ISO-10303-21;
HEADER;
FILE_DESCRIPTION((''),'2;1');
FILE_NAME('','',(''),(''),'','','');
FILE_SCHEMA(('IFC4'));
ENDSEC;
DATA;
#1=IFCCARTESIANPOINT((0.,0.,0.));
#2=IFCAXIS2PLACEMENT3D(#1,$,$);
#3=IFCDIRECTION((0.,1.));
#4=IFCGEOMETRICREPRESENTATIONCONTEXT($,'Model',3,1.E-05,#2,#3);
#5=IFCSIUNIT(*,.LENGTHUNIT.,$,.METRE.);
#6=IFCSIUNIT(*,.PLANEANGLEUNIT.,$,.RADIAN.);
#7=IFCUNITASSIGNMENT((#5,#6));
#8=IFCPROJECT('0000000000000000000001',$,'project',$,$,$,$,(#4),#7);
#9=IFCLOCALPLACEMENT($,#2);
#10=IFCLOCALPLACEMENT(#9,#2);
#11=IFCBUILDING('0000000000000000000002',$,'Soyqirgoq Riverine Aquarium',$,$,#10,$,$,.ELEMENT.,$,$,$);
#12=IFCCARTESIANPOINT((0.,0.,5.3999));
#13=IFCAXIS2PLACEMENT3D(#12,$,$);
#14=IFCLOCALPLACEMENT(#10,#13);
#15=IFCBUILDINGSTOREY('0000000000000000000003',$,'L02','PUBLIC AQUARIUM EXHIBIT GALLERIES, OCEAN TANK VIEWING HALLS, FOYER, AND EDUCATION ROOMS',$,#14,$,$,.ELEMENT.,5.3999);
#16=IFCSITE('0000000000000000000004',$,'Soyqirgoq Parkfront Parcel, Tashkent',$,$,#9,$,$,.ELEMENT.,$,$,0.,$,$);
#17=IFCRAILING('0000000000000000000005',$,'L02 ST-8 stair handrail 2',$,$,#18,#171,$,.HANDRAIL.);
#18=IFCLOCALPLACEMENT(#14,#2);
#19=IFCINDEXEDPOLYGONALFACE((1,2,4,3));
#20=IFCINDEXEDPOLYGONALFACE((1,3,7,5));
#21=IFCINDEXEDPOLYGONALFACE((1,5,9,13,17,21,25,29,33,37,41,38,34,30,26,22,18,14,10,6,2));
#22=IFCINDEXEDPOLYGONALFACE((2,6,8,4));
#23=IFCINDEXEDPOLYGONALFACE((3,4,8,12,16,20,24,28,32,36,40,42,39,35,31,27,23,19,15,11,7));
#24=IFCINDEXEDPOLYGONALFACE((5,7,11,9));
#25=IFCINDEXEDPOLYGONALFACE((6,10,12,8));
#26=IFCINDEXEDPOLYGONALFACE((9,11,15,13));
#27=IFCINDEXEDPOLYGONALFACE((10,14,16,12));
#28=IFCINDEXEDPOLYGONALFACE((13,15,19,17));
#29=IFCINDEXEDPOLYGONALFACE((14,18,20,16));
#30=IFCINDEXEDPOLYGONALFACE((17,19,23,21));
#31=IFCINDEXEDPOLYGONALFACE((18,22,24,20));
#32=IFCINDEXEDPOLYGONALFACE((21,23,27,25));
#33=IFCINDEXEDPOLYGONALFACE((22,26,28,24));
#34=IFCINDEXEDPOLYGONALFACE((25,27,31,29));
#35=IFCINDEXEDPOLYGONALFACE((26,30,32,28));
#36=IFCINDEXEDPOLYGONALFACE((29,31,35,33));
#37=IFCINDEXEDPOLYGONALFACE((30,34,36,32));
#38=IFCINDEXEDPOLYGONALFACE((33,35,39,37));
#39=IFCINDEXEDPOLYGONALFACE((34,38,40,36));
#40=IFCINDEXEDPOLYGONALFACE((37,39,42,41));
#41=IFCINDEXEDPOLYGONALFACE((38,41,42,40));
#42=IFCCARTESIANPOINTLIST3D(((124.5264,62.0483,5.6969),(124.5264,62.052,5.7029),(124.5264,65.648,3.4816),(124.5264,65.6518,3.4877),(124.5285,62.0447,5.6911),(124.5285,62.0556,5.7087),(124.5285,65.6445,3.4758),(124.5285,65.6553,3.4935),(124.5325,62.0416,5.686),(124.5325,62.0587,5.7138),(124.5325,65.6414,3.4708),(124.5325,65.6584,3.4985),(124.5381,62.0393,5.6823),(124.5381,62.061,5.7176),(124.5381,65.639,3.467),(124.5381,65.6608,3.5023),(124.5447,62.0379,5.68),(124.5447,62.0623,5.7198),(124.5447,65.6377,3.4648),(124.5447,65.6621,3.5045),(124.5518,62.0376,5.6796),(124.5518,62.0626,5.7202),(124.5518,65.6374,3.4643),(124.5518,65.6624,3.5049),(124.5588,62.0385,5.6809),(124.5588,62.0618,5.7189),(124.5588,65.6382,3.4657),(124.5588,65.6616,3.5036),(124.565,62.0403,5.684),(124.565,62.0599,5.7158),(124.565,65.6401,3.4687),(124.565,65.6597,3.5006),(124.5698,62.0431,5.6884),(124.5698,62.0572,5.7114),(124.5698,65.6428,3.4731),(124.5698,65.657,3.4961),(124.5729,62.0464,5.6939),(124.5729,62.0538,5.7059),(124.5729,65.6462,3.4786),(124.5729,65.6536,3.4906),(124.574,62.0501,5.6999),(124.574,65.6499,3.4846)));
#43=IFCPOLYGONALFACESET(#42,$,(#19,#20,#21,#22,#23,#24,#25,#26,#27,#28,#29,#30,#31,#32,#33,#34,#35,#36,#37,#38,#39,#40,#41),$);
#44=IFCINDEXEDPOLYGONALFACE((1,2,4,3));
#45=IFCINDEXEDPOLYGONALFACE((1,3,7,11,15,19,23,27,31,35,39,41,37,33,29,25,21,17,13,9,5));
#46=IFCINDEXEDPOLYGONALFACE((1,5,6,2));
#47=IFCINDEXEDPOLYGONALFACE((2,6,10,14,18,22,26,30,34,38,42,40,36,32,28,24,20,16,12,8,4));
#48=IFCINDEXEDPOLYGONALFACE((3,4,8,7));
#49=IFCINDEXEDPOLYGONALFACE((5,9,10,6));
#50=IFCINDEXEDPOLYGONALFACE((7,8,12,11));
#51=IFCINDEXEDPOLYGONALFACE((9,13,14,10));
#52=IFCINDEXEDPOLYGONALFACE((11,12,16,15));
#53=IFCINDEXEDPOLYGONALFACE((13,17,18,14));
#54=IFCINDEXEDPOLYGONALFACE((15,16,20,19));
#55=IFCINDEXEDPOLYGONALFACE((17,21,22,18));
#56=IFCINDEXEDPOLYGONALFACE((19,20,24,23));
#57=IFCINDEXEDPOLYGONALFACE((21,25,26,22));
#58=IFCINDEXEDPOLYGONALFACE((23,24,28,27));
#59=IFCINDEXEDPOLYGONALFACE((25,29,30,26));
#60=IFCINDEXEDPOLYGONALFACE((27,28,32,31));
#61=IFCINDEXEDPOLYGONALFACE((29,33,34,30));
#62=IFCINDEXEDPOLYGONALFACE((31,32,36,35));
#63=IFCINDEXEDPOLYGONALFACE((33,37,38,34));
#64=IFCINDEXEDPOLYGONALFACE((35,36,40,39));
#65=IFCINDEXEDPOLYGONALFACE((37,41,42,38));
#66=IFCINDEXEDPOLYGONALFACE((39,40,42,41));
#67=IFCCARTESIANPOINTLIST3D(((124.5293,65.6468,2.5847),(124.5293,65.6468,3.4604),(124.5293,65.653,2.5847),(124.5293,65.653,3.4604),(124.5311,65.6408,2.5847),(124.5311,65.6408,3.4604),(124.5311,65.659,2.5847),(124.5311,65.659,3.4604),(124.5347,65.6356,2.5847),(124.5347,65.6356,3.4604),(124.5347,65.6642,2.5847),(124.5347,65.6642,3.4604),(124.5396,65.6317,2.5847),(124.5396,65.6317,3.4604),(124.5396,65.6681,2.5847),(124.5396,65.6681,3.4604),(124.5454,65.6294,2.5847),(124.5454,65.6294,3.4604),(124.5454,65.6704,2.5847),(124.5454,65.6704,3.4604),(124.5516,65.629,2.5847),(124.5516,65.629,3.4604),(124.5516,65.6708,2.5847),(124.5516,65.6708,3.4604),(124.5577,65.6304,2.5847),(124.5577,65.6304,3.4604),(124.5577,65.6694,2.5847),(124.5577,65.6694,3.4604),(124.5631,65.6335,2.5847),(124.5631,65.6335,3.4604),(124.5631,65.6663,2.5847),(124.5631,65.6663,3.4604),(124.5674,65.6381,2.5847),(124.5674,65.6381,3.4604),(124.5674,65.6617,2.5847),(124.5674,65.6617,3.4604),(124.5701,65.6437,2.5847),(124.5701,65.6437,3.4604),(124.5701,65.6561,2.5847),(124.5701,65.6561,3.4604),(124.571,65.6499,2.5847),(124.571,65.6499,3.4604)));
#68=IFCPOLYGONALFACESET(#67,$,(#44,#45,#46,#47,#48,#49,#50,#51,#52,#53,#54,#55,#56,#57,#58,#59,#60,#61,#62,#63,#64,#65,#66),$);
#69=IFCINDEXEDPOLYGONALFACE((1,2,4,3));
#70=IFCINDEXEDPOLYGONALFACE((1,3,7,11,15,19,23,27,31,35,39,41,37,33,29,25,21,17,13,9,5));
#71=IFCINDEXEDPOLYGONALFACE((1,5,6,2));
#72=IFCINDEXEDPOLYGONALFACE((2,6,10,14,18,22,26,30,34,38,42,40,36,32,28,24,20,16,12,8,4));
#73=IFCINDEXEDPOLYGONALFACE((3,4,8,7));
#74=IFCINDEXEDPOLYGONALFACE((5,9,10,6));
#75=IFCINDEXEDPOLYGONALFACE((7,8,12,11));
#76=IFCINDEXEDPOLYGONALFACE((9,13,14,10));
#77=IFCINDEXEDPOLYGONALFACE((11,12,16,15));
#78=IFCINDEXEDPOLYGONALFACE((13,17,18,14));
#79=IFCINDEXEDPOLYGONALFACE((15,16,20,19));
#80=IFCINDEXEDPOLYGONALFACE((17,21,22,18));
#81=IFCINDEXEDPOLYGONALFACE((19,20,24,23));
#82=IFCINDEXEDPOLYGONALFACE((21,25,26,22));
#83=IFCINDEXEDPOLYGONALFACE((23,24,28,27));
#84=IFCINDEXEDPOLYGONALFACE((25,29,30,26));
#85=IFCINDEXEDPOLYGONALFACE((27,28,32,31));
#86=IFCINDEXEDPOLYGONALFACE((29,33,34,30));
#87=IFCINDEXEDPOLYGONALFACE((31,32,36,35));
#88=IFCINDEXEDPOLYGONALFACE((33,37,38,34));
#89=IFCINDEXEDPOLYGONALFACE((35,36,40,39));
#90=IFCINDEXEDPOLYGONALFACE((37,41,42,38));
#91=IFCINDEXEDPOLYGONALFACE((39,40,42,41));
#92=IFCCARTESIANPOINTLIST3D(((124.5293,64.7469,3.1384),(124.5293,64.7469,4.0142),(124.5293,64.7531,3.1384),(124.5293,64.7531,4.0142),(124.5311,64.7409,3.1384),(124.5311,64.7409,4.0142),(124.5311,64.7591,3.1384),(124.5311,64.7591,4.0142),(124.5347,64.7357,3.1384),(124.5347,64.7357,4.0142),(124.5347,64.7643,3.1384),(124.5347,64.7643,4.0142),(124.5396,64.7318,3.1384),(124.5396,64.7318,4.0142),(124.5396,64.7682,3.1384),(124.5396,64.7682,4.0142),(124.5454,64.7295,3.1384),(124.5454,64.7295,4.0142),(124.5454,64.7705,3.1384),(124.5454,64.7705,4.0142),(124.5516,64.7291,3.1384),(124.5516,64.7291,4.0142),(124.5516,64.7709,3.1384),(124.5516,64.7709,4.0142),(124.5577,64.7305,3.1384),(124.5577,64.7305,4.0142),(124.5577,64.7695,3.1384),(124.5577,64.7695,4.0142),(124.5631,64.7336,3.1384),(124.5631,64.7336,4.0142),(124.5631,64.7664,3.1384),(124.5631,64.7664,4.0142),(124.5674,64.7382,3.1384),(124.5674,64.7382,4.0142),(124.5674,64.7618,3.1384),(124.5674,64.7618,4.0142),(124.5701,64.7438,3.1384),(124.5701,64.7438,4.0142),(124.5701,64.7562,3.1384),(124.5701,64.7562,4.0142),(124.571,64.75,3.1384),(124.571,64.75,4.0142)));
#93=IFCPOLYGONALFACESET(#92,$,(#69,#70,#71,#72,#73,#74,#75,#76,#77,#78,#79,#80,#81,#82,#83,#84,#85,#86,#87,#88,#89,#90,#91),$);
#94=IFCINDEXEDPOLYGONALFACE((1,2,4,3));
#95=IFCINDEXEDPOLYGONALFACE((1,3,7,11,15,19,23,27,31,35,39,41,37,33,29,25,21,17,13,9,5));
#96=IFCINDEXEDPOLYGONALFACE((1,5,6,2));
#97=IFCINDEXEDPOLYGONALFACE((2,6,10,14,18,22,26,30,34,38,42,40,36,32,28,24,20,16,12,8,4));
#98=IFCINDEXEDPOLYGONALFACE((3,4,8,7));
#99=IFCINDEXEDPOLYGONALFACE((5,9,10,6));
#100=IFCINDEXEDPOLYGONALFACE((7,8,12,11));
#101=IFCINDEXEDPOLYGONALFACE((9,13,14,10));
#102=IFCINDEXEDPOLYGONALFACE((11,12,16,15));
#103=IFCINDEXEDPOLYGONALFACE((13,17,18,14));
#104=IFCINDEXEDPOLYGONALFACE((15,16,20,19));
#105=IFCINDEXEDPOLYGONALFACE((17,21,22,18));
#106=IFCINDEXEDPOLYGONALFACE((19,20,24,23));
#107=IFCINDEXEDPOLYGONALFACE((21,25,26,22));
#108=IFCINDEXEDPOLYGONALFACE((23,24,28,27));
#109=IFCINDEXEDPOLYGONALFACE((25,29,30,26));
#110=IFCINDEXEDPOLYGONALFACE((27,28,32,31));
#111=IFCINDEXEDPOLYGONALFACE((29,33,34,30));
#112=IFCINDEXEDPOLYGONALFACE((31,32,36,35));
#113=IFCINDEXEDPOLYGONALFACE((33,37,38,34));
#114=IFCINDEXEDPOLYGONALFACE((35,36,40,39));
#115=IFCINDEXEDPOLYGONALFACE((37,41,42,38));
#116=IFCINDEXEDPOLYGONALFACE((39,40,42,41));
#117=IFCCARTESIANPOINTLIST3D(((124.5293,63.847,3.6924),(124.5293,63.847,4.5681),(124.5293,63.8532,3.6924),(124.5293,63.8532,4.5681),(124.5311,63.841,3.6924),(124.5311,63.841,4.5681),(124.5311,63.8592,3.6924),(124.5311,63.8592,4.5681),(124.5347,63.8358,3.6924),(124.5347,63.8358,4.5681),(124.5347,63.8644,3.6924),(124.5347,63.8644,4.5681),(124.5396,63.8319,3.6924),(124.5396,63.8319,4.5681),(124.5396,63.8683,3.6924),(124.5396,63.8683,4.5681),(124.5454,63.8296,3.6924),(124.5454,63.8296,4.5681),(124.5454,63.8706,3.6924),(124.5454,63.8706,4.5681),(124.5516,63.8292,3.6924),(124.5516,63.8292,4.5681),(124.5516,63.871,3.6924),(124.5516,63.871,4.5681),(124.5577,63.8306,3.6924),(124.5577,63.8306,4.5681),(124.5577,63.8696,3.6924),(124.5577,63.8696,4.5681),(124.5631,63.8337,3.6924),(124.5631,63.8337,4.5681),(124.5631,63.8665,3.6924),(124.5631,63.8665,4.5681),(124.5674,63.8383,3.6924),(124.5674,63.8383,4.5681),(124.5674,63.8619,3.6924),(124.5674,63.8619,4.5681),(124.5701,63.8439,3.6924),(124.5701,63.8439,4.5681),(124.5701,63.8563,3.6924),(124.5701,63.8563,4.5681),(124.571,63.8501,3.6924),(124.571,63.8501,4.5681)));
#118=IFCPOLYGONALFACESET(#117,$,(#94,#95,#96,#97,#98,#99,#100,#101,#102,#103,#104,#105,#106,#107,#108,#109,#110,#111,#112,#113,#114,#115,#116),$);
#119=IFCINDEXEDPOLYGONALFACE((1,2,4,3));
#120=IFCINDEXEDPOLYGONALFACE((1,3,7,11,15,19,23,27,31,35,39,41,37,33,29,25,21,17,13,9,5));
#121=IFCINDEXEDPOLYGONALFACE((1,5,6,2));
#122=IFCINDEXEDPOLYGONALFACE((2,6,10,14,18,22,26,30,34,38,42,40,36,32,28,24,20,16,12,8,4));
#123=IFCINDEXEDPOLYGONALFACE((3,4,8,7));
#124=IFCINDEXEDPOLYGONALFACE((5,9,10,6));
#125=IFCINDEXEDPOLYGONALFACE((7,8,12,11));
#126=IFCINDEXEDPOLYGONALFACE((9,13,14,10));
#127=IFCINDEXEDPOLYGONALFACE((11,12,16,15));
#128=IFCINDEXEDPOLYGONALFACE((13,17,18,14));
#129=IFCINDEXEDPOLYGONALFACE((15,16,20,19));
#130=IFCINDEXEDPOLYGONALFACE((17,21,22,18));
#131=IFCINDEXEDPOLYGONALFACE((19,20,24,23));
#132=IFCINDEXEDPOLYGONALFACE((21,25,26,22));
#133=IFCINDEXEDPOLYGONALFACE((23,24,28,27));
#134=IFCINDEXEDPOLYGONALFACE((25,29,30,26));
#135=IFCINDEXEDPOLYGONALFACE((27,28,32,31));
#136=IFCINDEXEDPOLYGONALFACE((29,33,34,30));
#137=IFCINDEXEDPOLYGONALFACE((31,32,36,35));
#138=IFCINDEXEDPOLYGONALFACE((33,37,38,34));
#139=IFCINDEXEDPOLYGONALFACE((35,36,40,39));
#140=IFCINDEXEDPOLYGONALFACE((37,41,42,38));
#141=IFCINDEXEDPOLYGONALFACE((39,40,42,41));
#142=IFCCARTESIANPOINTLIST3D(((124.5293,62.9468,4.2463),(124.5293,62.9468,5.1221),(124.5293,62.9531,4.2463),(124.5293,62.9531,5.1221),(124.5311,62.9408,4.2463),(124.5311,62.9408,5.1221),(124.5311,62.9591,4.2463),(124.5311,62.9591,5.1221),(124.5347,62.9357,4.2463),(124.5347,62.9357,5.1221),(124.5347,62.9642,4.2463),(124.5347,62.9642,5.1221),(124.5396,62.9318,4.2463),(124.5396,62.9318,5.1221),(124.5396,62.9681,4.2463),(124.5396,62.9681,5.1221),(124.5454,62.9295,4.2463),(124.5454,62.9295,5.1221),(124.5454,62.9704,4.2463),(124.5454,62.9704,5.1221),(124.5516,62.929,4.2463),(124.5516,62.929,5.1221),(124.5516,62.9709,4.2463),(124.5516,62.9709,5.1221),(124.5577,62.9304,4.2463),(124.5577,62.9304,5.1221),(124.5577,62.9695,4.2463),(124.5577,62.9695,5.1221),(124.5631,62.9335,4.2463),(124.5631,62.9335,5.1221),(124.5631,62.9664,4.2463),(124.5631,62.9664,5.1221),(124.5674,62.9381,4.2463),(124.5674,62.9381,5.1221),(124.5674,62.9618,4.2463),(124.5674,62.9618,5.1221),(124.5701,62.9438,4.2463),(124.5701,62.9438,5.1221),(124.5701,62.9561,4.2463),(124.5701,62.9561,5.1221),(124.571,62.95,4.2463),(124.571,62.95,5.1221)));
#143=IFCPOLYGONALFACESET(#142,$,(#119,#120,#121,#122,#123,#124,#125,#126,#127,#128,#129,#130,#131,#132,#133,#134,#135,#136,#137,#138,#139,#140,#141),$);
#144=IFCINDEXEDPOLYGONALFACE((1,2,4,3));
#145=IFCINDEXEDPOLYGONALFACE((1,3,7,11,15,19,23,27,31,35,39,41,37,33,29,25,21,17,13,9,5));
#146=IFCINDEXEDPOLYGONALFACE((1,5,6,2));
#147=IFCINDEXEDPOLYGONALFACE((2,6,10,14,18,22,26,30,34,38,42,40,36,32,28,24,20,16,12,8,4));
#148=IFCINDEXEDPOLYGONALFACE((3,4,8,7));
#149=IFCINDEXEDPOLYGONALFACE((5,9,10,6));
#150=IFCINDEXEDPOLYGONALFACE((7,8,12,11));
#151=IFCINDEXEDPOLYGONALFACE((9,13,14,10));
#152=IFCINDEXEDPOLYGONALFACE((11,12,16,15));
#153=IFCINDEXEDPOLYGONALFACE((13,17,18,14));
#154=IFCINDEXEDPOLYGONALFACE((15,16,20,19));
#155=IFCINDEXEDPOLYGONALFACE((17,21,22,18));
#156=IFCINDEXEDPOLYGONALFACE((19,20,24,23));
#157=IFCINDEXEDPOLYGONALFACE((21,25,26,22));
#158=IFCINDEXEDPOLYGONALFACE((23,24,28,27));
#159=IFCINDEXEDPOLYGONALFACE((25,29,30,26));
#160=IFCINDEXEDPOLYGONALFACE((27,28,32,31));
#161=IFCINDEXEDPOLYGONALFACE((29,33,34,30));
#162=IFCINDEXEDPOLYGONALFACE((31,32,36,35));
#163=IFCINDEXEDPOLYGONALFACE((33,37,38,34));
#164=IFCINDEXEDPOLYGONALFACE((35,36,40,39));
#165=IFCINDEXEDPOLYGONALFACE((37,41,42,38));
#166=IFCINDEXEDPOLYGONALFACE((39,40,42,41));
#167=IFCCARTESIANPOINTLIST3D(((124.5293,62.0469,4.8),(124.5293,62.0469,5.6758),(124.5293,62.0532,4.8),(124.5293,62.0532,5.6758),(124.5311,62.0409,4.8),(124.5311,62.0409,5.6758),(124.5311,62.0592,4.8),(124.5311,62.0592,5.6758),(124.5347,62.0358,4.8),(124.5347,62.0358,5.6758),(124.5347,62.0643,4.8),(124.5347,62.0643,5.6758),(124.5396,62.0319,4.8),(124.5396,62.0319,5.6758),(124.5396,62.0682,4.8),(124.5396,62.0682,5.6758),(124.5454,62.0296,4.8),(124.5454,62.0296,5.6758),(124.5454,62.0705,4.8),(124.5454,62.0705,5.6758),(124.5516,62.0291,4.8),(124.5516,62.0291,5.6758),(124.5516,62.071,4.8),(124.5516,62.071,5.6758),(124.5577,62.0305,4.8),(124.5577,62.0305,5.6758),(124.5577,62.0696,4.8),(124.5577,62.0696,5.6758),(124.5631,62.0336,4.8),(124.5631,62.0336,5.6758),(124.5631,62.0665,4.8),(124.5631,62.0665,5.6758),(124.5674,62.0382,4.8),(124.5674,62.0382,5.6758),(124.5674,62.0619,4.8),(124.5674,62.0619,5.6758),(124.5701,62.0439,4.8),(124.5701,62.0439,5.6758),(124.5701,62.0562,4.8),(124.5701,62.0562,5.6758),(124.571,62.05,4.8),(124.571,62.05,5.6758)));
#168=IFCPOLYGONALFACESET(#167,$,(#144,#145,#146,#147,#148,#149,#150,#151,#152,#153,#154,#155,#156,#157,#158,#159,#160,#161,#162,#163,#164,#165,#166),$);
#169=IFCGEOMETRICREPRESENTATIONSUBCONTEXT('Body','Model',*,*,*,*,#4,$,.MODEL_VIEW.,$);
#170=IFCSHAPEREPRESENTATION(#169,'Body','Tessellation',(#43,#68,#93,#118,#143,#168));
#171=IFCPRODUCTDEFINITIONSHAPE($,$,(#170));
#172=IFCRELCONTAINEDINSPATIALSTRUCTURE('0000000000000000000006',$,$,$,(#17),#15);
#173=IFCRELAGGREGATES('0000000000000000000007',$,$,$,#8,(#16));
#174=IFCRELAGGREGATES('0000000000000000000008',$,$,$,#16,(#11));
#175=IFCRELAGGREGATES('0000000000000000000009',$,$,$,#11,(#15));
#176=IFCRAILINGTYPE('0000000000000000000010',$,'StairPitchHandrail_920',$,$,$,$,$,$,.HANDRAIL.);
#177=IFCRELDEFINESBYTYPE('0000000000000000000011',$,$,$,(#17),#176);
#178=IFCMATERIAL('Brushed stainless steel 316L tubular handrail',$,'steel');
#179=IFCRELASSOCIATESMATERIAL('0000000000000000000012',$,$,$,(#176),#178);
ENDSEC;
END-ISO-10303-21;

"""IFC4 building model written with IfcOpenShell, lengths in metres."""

from ifc_helpers import new_model, si_unit, direction, frame, origin, origin_2d, place, context, subcontext, project, spatial, circle, extrude, material, type_object, element, save


model = new_model("IFC4")

# Units and contexts
model_context = context("Model", 3, precision=1e-05, world=origin(), true_north=direction((0.0, 1.0)))
body_context = subcontext(model_context, "Body", "Model", "MODEL_VIEW")
ifc_project = project(units=[si_unit("LENGTHUNIT", "METRE"), si_unit("PLANEANGLEUNIT", "RADIAN")], contexts=[model_context])

# Site, building, storey
site_placement = place(None, origin())
site = spatial("IfcSite", under=ifc_project, at=site_placement, Name="Soyqirgoq Parkfront Parcel, Tashkent", CompositionType="ELEMENT", RefElevation=0.0)
building_placement = place(site_placement, origin())
building = spatial("IfcBuilding", under=site, at=building_placement, Name="Soyqirgoq Riverine Aquarium", CompositionType="ELEMENT")
storey_placement = place(building_placement, frame((0.0, 0.0, 5.3999)))
storey = spatial("IfcBuildingStorey", under=building, at=storey_placement, Name="L02", Description="PUBLIC AQUARIUM EXHIBIT GALLERIES, OCEAN TANK VIEWING HALLS, FOYER, AND EDUCATION ROOMS", CompositionType="ELEMENT", Elevation=5.3999)

# Railing
ifc_material_1 = material(Name="Brushed stainless steel 316L tubular handrail", Category="steel")
railing_type_1 = type_object("IfcRailingType", Name="StairPitchHandrail_920", PredefinedType="HANDRAIL", material=ifc_material_1)
railing_1_placement = place(storey_placement, frame((124.55, 65.6499, 2.5847)))
element("IfcRailing", 1, at=railing_1_placement, inside=storey, type_object=railing_type_1, Name="L02 ST-8 stair handrail 2", PredefinedType="HANDRAIL", context=body_context, shape_type="SweptSolid", body=[
    extrude(circle(Radius=0.0239, at=origin_2d()), frame((0.0, 0.0, 0.8999), z_axis=(0.0, -0.851654, 0.524104), x_axis=(1.0, 0.0, 0.0)), (0.0, 0.0, 1.0), 4.2268),
    extrude(circle(Radius=0.021, at=origin_2d()), origin(), (0.0, 0.0, 1.0), 0.8757),
    extrude(circle(Radius=0.021, at=origin_2d()), frame((0.0, -0.8999, 0.5537)), (0.0, 0.0, 1.0), 0.8757),
    extrude(circle(Radius=0.021, at=origin_2d()), frame((0.0, -1.7998, 1.1077)), (0.0, 0.0, 1.0), 0.8757),
    extrude(circle(Radius=0.021, at=origin_2d()), frame((0.0, -2.7, 1.6616)), (0.0, 0.0, 1.0), 0.8757),
    extrude(circle(Radius=0.021, at=origin_2d()), frame((0.0, -3.5999, 2.2153)), (0.0, 0.0, 1.0), 0.8757),
])

save(model, "model.ifc")
